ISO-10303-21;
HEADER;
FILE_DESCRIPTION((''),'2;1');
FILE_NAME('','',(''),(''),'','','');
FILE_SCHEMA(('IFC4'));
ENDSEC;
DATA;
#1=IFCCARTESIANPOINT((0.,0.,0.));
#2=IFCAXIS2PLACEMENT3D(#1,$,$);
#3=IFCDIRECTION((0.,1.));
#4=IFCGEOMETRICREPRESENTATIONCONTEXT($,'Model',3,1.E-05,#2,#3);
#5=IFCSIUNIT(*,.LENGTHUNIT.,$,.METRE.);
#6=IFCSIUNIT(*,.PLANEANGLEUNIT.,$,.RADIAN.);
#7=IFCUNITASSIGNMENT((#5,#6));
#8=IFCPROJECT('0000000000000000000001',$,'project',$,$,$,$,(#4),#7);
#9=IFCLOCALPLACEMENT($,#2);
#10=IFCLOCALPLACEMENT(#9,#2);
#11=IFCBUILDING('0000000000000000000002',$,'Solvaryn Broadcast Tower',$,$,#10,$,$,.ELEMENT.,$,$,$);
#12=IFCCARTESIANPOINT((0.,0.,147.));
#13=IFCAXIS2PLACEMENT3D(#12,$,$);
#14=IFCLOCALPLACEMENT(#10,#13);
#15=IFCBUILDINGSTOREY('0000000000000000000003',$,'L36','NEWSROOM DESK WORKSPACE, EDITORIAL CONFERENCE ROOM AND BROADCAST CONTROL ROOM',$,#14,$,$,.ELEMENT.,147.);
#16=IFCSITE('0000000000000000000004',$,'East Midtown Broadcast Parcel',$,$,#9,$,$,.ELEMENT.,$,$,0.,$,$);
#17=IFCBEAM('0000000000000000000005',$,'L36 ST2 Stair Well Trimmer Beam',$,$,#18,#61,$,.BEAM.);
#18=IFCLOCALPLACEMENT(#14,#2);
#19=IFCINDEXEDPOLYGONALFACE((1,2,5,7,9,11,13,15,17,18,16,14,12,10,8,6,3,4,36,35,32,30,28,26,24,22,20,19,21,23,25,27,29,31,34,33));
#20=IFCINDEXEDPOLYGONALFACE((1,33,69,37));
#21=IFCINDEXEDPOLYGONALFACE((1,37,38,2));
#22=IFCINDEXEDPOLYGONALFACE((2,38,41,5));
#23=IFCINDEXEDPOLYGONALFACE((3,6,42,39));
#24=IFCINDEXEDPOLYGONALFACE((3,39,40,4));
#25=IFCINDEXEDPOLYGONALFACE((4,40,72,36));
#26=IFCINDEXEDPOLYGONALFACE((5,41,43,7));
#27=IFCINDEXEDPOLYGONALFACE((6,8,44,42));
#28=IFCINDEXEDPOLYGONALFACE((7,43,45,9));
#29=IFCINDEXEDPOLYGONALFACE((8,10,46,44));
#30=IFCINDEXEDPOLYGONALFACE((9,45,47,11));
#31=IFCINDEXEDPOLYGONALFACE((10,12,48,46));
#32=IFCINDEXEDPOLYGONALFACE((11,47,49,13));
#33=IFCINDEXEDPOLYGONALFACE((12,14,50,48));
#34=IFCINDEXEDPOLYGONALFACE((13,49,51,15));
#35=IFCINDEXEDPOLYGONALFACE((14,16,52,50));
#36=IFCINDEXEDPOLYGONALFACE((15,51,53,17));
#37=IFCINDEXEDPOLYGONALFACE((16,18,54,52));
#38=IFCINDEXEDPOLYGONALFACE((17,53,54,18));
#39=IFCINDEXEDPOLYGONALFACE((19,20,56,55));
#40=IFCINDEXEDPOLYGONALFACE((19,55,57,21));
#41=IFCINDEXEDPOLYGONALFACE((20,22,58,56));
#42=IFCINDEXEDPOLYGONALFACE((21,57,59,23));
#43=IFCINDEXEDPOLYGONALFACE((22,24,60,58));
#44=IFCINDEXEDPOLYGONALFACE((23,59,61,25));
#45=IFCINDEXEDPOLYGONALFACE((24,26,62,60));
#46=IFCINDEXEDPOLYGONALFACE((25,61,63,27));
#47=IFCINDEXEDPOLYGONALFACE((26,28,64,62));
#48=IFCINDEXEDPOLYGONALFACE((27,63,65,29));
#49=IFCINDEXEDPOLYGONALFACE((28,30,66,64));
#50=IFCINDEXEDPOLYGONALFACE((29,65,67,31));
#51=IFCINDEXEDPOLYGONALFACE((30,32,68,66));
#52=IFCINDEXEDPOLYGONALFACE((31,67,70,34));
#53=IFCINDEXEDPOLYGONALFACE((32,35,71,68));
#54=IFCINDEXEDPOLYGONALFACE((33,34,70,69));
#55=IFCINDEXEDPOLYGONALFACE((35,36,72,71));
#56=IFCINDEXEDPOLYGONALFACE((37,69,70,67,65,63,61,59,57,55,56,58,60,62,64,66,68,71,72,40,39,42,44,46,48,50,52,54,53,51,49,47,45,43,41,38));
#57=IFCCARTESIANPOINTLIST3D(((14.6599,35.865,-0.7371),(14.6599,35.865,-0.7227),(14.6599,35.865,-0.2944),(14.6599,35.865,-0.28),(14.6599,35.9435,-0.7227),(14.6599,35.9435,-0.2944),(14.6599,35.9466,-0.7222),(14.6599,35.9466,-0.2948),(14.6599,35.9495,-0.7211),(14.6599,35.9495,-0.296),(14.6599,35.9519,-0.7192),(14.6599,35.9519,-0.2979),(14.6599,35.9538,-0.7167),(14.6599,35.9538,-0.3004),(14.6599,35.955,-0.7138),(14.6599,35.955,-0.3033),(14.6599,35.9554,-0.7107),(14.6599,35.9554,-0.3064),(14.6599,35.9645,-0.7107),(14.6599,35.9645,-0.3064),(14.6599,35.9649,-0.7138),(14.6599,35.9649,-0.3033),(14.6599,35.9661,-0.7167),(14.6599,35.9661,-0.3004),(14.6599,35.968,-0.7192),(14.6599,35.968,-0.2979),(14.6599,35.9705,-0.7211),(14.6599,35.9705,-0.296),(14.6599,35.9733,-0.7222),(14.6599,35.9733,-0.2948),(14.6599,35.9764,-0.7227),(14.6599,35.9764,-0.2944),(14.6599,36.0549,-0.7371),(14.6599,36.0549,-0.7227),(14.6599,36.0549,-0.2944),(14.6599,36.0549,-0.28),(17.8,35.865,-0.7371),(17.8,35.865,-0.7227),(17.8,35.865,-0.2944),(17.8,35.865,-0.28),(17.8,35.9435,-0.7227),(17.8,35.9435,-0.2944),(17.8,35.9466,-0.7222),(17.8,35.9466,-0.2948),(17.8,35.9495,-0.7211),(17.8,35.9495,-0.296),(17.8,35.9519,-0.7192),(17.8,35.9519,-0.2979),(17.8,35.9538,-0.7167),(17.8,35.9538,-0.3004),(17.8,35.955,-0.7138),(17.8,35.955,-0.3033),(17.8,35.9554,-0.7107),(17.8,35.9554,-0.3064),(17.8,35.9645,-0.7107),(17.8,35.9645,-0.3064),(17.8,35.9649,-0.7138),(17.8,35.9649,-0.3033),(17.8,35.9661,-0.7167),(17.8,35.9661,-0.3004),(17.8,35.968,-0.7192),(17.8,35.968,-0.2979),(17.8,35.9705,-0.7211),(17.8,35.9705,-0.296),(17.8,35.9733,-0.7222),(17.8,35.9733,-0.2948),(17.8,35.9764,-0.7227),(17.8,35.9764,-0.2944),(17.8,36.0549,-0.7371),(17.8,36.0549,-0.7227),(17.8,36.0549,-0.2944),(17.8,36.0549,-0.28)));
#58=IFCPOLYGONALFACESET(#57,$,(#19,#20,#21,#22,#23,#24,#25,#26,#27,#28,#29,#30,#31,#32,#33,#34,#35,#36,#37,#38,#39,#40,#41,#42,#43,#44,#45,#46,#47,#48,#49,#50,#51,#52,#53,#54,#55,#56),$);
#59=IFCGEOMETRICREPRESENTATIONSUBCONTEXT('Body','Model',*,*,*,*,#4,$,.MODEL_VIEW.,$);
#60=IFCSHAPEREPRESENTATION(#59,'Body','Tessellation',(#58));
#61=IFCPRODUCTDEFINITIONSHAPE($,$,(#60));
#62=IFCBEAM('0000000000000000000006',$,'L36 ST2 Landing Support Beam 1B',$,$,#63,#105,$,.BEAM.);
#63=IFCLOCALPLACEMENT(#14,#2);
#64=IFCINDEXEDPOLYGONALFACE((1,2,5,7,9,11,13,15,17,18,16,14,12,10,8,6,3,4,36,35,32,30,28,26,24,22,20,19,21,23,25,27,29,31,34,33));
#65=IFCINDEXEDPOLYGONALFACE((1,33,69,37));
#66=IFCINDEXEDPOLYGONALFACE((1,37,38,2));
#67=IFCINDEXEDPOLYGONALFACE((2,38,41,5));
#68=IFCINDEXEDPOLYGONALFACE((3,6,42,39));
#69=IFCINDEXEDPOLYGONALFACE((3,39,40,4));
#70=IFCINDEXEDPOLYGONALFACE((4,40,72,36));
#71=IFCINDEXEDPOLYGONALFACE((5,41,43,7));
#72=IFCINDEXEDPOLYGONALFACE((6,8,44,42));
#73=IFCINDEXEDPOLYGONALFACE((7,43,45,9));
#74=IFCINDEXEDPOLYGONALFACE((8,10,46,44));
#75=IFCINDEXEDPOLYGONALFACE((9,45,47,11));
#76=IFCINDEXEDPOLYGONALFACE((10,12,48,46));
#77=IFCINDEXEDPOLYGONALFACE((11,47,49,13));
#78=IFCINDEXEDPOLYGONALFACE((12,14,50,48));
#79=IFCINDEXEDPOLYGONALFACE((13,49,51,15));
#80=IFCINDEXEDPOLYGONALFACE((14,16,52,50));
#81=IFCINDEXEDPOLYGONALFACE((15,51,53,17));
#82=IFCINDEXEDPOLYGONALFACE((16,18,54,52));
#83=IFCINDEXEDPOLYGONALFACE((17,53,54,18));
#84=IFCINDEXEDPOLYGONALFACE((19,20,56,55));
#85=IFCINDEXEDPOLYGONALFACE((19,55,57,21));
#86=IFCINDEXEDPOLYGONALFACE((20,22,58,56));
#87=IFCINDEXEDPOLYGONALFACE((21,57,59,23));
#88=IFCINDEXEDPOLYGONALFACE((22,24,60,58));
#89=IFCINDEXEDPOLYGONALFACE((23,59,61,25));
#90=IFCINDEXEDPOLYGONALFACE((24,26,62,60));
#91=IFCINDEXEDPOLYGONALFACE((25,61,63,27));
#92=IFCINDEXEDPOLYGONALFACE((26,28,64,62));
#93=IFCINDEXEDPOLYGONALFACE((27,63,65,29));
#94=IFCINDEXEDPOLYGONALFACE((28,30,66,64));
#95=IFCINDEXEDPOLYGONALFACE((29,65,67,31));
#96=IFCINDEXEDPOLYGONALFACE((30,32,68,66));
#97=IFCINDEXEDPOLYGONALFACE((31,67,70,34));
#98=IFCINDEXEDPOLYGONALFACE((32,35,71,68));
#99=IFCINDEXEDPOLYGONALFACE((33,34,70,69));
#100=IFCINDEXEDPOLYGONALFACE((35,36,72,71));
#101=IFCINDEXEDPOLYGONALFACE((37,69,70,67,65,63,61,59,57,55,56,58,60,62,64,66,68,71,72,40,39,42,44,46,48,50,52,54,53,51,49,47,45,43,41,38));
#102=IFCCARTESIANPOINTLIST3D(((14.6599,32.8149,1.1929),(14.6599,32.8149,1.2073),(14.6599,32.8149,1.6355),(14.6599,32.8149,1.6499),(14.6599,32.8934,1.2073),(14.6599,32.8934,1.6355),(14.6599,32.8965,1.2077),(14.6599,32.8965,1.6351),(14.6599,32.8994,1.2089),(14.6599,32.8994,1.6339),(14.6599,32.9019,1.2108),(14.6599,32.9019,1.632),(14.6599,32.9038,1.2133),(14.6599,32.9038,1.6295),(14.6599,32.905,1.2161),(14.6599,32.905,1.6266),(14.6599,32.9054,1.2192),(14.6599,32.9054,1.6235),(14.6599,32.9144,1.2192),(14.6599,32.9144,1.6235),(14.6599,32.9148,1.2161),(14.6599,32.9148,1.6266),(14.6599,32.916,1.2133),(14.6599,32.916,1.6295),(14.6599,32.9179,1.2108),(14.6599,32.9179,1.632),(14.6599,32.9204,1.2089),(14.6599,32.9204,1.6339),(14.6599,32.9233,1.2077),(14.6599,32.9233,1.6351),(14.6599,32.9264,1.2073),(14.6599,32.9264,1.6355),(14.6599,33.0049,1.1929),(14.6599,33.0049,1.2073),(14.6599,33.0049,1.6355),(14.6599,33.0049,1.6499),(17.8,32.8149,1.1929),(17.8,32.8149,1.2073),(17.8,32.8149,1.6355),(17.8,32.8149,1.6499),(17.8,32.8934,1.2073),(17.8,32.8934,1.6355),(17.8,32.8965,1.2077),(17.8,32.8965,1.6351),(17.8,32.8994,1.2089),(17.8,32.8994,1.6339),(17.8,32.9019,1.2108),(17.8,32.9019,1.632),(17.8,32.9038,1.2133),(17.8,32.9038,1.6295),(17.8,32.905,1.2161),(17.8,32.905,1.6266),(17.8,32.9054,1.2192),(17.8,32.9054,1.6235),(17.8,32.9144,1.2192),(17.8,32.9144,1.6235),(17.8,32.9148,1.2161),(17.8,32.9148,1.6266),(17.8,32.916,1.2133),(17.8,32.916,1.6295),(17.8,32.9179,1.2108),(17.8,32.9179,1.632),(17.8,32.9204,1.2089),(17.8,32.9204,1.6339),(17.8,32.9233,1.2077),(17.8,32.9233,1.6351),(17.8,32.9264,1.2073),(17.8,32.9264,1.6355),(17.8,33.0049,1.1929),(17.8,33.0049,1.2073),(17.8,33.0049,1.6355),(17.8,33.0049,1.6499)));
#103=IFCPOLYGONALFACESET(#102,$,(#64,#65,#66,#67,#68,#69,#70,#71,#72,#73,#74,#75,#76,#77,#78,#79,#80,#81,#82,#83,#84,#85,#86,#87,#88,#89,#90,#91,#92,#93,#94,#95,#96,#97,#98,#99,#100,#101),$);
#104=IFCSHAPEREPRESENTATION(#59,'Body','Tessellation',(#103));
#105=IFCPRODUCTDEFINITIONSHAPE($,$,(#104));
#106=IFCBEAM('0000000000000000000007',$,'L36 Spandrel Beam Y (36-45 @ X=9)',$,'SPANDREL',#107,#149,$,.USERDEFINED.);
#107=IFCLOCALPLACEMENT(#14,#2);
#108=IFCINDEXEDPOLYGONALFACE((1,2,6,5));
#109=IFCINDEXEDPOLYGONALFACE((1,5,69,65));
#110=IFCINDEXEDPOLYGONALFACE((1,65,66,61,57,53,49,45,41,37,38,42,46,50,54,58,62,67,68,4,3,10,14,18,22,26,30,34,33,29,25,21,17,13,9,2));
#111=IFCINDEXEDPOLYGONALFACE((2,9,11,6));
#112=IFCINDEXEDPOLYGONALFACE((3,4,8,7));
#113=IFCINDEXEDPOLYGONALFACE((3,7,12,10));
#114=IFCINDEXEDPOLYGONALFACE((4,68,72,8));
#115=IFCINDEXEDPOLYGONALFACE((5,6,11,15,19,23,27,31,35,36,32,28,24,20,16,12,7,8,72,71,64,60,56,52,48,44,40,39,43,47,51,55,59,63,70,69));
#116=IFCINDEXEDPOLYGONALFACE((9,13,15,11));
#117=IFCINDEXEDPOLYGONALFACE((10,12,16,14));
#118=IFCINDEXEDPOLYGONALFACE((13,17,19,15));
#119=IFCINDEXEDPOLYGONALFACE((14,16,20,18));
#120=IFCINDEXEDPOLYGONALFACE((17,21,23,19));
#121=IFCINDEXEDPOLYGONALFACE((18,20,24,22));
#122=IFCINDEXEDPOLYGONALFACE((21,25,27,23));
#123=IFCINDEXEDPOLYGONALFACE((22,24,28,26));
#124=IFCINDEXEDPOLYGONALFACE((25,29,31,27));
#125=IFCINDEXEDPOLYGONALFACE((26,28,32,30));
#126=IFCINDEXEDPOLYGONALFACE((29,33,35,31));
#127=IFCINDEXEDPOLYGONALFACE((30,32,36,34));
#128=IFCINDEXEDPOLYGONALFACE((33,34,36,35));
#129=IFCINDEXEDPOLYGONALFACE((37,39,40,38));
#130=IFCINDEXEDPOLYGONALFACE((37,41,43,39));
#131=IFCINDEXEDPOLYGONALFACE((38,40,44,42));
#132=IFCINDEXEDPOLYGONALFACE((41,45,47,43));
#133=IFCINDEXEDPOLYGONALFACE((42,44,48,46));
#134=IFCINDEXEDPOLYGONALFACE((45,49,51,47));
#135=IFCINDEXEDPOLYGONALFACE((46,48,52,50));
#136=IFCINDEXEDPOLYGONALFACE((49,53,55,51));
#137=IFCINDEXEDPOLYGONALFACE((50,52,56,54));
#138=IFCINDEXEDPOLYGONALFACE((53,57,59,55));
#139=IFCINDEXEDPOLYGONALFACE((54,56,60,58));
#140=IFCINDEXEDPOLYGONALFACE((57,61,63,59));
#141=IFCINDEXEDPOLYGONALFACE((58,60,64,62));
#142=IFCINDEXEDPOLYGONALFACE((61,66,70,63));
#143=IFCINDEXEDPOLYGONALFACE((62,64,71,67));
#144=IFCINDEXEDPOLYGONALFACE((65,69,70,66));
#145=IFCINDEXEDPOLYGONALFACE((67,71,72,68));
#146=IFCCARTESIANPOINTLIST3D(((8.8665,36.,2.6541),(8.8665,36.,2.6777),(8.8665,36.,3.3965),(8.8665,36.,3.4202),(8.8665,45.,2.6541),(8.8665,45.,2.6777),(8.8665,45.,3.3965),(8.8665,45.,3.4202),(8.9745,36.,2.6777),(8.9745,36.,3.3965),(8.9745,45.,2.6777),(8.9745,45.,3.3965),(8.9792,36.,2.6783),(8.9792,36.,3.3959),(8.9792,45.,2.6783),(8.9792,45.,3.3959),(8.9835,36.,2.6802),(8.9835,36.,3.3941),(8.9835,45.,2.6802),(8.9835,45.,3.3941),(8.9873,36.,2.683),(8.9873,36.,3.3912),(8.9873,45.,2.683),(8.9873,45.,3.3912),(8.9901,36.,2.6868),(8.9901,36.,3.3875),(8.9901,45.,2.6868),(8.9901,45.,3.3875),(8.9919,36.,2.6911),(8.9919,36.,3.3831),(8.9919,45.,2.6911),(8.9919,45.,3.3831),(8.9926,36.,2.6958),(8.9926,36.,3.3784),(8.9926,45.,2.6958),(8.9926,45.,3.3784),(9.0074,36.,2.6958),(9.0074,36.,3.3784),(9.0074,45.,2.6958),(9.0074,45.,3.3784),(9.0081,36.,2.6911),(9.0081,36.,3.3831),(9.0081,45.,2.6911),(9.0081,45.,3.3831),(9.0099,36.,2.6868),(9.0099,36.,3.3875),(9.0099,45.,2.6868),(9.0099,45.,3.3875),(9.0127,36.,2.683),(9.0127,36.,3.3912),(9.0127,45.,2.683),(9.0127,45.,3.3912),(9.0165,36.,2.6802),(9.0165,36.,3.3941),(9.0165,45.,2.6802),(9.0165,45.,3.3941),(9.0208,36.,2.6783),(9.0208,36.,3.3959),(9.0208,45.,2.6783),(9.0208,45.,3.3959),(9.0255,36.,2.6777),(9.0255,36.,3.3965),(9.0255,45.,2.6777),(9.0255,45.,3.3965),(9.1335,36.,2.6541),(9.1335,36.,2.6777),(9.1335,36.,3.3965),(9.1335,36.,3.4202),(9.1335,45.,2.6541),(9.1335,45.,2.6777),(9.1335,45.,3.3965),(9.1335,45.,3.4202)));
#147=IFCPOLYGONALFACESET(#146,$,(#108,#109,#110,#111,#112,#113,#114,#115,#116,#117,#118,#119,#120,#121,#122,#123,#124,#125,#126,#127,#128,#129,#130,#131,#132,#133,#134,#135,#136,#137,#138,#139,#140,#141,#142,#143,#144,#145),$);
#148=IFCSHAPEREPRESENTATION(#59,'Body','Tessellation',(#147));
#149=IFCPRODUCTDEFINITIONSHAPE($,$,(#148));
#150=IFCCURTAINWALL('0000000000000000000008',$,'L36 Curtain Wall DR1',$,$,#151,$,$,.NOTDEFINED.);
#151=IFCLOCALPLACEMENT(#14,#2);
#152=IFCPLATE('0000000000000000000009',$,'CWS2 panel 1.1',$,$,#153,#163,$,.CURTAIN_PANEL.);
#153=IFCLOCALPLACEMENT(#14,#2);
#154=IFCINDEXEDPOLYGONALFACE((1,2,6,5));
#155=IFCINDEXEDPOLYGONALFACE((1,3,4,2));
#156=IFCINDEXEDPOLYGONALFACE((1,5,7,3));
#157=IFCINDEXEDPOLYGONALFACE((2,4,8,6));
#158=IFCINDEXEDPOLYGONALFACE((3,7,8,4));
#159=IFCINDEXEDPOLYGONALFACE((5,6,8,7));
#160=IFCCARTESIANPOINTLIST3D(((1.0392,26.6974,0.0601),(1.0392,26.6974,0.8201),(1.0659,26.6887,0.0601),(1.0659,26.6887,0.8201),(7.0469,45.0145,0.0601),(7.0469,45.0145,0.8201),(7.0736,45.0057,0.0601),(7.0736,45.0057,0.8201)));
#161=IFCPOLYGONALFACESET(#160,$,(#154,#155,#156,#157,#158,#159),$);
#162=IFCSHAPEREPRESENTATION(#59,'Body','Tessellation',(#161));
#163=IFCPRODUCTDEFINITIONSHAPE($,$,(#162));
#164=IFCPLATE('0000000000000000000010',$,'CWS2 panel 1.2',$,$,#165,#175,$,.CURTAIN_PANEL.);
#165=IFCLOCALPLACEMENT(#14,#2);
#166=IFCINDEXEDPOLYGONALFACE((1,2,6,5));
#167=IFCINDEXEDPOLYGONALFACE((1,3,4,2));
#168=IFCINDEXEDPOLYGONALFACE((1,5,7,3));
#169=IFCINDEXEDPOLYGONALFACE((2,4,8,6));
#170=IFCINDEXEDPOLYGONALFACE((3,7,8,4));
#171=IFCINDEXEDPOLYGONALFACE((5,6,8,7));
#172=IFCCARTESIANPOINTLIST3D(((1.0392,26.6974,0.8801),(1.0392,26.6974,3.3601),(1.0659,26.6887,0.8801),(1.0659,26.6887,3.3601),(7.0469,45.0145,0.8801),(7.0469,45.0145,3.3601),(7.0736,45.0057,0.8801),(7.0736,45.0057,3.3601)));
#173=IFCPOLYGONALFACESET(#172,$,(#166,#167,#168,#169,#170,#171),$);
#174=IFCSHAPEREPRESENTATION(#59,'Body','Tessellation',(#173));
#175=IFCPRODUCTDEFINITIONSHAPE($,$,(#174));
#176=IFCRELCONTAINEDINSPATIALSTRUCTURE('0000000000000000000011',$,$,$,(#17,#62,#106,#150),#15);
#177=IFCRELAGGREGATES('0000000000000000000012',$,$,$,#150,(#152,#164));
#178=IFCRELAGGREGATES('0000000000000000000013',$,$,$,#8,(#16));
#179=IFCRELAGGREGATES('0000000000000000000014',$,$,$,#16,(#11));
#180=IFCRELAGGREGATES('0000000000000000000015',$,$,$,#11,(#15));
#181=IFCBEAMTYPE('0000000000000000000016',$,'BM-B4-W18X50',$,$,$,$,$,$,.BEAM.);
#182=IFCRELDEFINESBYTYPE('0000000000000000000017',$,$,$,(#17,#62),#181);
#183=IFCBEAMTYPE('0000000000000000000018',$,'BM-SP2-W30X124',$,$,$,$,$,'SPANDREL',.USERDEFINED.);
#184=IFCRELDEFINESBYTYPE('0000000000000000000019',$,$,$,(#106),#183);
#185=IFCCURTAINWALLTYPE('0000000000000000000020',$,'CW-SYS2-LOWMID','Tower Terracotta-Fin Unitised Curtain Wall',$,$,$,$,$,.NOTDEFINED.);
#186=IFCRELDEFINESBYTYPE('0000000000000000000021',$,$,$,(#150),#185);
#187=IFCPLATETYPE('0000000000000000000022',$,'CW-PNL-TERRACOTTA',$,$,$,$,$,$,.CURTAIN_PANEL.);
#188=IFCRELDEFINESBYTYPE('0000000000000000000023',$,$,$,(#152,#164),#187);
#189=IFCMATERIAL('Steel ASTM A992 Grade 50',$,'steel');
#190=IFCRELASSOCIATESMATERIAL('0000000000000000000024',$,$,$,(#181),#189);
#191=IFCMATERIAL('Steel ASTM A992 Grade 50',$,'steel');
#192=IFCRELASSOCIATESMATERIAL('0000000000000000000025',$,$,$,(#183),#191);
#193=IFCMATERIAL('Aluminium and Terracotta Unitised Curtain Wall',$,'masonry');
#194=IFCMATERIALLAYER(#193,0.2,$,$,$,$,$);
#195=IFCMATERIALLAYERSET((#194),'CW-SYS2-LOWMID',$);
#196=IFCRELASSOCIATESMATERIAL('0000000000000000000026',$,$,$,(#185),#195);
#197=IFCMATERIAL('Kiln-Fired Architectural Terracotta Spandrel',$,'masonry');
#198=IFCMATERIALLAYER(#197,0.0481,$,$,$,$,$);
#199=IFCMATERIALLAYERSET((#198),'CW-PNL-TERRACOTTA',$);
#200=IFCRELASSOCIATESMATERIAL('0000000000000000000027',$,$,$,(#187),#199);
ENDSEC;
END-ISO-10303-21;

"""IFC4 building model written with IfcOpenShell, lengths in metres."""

from ifc_helpers import new_model, si_unit, direction, frame, origin, origin_2d, place, context, subcontext, project, spatial, rectangle, i_section, extrude, material, layer, layer_set, material_profile, profile_set, type_object, element, aggregate, save


model = new_model("IFC4")

# Units and contexts
model_context = context("Model", 3, precision=1e-05, world=origin(), true_north=direction((0.0, 1.0)))
body_context = subcontext(model_context, "Body", "Model", "MODEL_VIEW")
ifc_project = project(units=[si_unit("LENGTHUNIT", "METRE"), si_unit("PLANEANGLEUNIT", "RADIAN")], contexts=[model_context])

# Site, building, storey
site_placement = place(None, origin())
site = spatial("IfcSite", under=ifc_project, at=site_placement, Name="East Midtown Broadcast Parcel", CompositionType="ELEMENT", RefElevation=0.0)
building_placement = place(site_placement, origin())
building = spatial("IfcBuilding", under=site, at=building_placement, Name="Solvaryn Broadcast Tower", CompositionType="ELEMENT")
storey_placement = place(building_placement, frame((0.0, 0.0, 147.0)))
storey = spatial("IfcBuildingStorey", under=building, at=storey_placement, Name="L36", Description="NEWSROOM DESK WORKSPACE, EDITORIAL CONFERENCE ROOM AND BROADCAST CONTROL ROOM", CompositionType="ELEMENT", Elevation=147.0)

# Beams
ifc_material_1 = material(Name="Steel ASTM A992 Grade 50", Category="steel")
ifc_material_profile_1 = material_profile(ifc_material_1, i_section(OverallWidth=0.1899, OverallDepth=0.457, WebThickness=0.009, FlangeThickness=0.0144, FilletRadius=0.012, at=origin_2d()))
ifc_profile_set_1 = profile_set([ifc_material_profile_1], Name="Steel ASTM A992 Grade 50")
beam_type_1 = type_object("IfcBeamType", Name="BM-B4-W18X50", PredefinedType="BEAM", material=ifc_profile_set_1)
for number, where, z_axis, x_axis, name in (
    (1, (14.6599, 35.96, -0.5085), (1.0, 0.0, 0.0), (0.0, 1.0, 0.0), "L36 ST2 Stair Well Trimmer Beam"),
    (2, (14.6599, 32.9099, 1.4214), (1.0, 0.0, 0.0), (0.0, 1.0, 0.0), "L36 ST2 Landing Support Beam 1B"),
):
    element("IfcBeam", number, at=place(storey_placement, frame(where, z_axis=z_axis, x_axis=x_axis)), inside=storey, type_object=beam_type_1, Name=name, PredefinedType="BEAM", context=body_context, shape_type="SweptSolid", body=[
        extrude(i_section(OverallWidth=0.1899, OverallDepth=0.457, WebThickness=0.009, FlangeThickness=0.0144, FilletRadius=0.012, at=origin_2d()), origin(), (0.0, 0.0, 1.0), 3.1401),
    ])
ifc_material_2 = material(Name="Steel ASTM A992 Grade 50", Category="steel")
ifc_material_profile_2 = material_profile(ifc_material_2, i_section(OverallWidth=0.2671, OverallDepth=0.7661, WebThickness=0.0149, FlangeThickness=0.0237, FilletRadius=0.0181, at=origin_2d()))
ifc_profile_set_2 = profile_set([ifc_material_profile_2], Name="Steel ASTM A992 Grade 50")
beam_type_2 = type_object("IfcBeamType", Name="BM-SP2-W30X124", ElementType="SPANDREL", PredefinedType="USERDEFINED", material=ifc_profile_set_2)
beam_1_placement = place(storey_placement, frame((9.0, 36.0, 3.0371), z_axis=(0.0, 1.0, 0.0), x_axis=(-1.0, 0.0, 0.0)))
element("IfcBeam", 3, at=beam_1_placement, inside=storey, type_object=beam_type_2, Name="L36 Spandrel Beam Y (36-45 @ X=9)", ObjectType="SPANDREL", PredefinedType="USERDEFINED", context=body_context, shape_type="SweptSolid", body=[
    extrude(i_section(OverallWidth=0.2671, OverallDepth=0.7661, WebThickness=0.0149, FlangeThickness=0.0237, FilletRadius=0.0181, at=origin_2d()), origin(), (0.0, 0.0, 1.0), 9.0),
])

# Curtain wall, plates
ifc_material_3 = material(Name="Aluminium and Terracotta Unitised Curtain Wall", Category="masonry")
ifc_layer_1 = layer(ifc_material_3, 0.2)
ifc_layer_set_1 = layer_set([ifc_layer_1], Name="CW-SYS2-LOWMID")
curtain_wall_type = type_object("IfcCurtainWallType", Name="CW-SYS2-LOWMID", Description="Tower Terracotta-Fin Unitised Curtain Wall", PredefinedType="NOTDEFINED", material=ifc_layer_set_1)
curtain_wall_placement = place(storey_placement, origin())
curtain_wall = element("IfcCurtainWall", 4, at=curtain_wall_placement, inside=storey, type_object=curtain_wall_type, Name="L36 Curtain Wall DR1", PredefinedType="NOTDEFINED")
ifc_material_4 = material(Name="Kiln-Fired Architectural Terracotta Spandrel", Category="masonry")
ifc_layer_2 = layer(ifc_material_4, 0.0481)
ifc_layer_set_2 = layer_set([ifc_layer_2], Name="CW-PNL-TERRACOTTA")
plate_type = type_object("IfcPlateType", Name="CW-PNL-TERRACOTTA", PredefinedType="CURTAIN_PANEL", material=ifc_layer_set_2)
plate_1_placement = place(storey_placement, frame((4.0564, 35.8516, 0.0601), z_axis=(0.0, 0.0, 1.0), x_axis=(-0.311646, -0.950198, 0.0)))
plate_1 = element("IfcPlate", 5, at=plate_1_placement, type_object=plate_type, Name="CWS2 panel 1.1", PredefinedType="CURTAIN_PANEL", context=body_context, shape_type="SweptSolid", body=[
    extrude(rectangle(XDim=19.2771, YDim=0.0281, at=origin_2d()), origin(), (0.0, 0.0, 1.0), 0.76),
])
plate_2_placement = place(storey_placement, frame((4.0564, 35.8516, 0.8801), z_axis=(0.0, 0.0, 1.0), x_axis=(-0.311646, -0.950198, 0.0)))
plate_2 = element("IfcPlate", 6, at=plate_2_placement, type_object=plate_type, Name="CWS2 panel 1.2", PredefinedType="CURTAIN_PANEL", context=body_context, shape_type="SweptSolid", body=[
    extrude(rectangle(XDim=19.2771, YDim=0.0281, at=origin_2d()), origin(), (0.0, 0.0, 1.0), 2.48),
])
aggregate(curtain_wall, [plate_1, plate_2])

save(model, "model.ifc")
